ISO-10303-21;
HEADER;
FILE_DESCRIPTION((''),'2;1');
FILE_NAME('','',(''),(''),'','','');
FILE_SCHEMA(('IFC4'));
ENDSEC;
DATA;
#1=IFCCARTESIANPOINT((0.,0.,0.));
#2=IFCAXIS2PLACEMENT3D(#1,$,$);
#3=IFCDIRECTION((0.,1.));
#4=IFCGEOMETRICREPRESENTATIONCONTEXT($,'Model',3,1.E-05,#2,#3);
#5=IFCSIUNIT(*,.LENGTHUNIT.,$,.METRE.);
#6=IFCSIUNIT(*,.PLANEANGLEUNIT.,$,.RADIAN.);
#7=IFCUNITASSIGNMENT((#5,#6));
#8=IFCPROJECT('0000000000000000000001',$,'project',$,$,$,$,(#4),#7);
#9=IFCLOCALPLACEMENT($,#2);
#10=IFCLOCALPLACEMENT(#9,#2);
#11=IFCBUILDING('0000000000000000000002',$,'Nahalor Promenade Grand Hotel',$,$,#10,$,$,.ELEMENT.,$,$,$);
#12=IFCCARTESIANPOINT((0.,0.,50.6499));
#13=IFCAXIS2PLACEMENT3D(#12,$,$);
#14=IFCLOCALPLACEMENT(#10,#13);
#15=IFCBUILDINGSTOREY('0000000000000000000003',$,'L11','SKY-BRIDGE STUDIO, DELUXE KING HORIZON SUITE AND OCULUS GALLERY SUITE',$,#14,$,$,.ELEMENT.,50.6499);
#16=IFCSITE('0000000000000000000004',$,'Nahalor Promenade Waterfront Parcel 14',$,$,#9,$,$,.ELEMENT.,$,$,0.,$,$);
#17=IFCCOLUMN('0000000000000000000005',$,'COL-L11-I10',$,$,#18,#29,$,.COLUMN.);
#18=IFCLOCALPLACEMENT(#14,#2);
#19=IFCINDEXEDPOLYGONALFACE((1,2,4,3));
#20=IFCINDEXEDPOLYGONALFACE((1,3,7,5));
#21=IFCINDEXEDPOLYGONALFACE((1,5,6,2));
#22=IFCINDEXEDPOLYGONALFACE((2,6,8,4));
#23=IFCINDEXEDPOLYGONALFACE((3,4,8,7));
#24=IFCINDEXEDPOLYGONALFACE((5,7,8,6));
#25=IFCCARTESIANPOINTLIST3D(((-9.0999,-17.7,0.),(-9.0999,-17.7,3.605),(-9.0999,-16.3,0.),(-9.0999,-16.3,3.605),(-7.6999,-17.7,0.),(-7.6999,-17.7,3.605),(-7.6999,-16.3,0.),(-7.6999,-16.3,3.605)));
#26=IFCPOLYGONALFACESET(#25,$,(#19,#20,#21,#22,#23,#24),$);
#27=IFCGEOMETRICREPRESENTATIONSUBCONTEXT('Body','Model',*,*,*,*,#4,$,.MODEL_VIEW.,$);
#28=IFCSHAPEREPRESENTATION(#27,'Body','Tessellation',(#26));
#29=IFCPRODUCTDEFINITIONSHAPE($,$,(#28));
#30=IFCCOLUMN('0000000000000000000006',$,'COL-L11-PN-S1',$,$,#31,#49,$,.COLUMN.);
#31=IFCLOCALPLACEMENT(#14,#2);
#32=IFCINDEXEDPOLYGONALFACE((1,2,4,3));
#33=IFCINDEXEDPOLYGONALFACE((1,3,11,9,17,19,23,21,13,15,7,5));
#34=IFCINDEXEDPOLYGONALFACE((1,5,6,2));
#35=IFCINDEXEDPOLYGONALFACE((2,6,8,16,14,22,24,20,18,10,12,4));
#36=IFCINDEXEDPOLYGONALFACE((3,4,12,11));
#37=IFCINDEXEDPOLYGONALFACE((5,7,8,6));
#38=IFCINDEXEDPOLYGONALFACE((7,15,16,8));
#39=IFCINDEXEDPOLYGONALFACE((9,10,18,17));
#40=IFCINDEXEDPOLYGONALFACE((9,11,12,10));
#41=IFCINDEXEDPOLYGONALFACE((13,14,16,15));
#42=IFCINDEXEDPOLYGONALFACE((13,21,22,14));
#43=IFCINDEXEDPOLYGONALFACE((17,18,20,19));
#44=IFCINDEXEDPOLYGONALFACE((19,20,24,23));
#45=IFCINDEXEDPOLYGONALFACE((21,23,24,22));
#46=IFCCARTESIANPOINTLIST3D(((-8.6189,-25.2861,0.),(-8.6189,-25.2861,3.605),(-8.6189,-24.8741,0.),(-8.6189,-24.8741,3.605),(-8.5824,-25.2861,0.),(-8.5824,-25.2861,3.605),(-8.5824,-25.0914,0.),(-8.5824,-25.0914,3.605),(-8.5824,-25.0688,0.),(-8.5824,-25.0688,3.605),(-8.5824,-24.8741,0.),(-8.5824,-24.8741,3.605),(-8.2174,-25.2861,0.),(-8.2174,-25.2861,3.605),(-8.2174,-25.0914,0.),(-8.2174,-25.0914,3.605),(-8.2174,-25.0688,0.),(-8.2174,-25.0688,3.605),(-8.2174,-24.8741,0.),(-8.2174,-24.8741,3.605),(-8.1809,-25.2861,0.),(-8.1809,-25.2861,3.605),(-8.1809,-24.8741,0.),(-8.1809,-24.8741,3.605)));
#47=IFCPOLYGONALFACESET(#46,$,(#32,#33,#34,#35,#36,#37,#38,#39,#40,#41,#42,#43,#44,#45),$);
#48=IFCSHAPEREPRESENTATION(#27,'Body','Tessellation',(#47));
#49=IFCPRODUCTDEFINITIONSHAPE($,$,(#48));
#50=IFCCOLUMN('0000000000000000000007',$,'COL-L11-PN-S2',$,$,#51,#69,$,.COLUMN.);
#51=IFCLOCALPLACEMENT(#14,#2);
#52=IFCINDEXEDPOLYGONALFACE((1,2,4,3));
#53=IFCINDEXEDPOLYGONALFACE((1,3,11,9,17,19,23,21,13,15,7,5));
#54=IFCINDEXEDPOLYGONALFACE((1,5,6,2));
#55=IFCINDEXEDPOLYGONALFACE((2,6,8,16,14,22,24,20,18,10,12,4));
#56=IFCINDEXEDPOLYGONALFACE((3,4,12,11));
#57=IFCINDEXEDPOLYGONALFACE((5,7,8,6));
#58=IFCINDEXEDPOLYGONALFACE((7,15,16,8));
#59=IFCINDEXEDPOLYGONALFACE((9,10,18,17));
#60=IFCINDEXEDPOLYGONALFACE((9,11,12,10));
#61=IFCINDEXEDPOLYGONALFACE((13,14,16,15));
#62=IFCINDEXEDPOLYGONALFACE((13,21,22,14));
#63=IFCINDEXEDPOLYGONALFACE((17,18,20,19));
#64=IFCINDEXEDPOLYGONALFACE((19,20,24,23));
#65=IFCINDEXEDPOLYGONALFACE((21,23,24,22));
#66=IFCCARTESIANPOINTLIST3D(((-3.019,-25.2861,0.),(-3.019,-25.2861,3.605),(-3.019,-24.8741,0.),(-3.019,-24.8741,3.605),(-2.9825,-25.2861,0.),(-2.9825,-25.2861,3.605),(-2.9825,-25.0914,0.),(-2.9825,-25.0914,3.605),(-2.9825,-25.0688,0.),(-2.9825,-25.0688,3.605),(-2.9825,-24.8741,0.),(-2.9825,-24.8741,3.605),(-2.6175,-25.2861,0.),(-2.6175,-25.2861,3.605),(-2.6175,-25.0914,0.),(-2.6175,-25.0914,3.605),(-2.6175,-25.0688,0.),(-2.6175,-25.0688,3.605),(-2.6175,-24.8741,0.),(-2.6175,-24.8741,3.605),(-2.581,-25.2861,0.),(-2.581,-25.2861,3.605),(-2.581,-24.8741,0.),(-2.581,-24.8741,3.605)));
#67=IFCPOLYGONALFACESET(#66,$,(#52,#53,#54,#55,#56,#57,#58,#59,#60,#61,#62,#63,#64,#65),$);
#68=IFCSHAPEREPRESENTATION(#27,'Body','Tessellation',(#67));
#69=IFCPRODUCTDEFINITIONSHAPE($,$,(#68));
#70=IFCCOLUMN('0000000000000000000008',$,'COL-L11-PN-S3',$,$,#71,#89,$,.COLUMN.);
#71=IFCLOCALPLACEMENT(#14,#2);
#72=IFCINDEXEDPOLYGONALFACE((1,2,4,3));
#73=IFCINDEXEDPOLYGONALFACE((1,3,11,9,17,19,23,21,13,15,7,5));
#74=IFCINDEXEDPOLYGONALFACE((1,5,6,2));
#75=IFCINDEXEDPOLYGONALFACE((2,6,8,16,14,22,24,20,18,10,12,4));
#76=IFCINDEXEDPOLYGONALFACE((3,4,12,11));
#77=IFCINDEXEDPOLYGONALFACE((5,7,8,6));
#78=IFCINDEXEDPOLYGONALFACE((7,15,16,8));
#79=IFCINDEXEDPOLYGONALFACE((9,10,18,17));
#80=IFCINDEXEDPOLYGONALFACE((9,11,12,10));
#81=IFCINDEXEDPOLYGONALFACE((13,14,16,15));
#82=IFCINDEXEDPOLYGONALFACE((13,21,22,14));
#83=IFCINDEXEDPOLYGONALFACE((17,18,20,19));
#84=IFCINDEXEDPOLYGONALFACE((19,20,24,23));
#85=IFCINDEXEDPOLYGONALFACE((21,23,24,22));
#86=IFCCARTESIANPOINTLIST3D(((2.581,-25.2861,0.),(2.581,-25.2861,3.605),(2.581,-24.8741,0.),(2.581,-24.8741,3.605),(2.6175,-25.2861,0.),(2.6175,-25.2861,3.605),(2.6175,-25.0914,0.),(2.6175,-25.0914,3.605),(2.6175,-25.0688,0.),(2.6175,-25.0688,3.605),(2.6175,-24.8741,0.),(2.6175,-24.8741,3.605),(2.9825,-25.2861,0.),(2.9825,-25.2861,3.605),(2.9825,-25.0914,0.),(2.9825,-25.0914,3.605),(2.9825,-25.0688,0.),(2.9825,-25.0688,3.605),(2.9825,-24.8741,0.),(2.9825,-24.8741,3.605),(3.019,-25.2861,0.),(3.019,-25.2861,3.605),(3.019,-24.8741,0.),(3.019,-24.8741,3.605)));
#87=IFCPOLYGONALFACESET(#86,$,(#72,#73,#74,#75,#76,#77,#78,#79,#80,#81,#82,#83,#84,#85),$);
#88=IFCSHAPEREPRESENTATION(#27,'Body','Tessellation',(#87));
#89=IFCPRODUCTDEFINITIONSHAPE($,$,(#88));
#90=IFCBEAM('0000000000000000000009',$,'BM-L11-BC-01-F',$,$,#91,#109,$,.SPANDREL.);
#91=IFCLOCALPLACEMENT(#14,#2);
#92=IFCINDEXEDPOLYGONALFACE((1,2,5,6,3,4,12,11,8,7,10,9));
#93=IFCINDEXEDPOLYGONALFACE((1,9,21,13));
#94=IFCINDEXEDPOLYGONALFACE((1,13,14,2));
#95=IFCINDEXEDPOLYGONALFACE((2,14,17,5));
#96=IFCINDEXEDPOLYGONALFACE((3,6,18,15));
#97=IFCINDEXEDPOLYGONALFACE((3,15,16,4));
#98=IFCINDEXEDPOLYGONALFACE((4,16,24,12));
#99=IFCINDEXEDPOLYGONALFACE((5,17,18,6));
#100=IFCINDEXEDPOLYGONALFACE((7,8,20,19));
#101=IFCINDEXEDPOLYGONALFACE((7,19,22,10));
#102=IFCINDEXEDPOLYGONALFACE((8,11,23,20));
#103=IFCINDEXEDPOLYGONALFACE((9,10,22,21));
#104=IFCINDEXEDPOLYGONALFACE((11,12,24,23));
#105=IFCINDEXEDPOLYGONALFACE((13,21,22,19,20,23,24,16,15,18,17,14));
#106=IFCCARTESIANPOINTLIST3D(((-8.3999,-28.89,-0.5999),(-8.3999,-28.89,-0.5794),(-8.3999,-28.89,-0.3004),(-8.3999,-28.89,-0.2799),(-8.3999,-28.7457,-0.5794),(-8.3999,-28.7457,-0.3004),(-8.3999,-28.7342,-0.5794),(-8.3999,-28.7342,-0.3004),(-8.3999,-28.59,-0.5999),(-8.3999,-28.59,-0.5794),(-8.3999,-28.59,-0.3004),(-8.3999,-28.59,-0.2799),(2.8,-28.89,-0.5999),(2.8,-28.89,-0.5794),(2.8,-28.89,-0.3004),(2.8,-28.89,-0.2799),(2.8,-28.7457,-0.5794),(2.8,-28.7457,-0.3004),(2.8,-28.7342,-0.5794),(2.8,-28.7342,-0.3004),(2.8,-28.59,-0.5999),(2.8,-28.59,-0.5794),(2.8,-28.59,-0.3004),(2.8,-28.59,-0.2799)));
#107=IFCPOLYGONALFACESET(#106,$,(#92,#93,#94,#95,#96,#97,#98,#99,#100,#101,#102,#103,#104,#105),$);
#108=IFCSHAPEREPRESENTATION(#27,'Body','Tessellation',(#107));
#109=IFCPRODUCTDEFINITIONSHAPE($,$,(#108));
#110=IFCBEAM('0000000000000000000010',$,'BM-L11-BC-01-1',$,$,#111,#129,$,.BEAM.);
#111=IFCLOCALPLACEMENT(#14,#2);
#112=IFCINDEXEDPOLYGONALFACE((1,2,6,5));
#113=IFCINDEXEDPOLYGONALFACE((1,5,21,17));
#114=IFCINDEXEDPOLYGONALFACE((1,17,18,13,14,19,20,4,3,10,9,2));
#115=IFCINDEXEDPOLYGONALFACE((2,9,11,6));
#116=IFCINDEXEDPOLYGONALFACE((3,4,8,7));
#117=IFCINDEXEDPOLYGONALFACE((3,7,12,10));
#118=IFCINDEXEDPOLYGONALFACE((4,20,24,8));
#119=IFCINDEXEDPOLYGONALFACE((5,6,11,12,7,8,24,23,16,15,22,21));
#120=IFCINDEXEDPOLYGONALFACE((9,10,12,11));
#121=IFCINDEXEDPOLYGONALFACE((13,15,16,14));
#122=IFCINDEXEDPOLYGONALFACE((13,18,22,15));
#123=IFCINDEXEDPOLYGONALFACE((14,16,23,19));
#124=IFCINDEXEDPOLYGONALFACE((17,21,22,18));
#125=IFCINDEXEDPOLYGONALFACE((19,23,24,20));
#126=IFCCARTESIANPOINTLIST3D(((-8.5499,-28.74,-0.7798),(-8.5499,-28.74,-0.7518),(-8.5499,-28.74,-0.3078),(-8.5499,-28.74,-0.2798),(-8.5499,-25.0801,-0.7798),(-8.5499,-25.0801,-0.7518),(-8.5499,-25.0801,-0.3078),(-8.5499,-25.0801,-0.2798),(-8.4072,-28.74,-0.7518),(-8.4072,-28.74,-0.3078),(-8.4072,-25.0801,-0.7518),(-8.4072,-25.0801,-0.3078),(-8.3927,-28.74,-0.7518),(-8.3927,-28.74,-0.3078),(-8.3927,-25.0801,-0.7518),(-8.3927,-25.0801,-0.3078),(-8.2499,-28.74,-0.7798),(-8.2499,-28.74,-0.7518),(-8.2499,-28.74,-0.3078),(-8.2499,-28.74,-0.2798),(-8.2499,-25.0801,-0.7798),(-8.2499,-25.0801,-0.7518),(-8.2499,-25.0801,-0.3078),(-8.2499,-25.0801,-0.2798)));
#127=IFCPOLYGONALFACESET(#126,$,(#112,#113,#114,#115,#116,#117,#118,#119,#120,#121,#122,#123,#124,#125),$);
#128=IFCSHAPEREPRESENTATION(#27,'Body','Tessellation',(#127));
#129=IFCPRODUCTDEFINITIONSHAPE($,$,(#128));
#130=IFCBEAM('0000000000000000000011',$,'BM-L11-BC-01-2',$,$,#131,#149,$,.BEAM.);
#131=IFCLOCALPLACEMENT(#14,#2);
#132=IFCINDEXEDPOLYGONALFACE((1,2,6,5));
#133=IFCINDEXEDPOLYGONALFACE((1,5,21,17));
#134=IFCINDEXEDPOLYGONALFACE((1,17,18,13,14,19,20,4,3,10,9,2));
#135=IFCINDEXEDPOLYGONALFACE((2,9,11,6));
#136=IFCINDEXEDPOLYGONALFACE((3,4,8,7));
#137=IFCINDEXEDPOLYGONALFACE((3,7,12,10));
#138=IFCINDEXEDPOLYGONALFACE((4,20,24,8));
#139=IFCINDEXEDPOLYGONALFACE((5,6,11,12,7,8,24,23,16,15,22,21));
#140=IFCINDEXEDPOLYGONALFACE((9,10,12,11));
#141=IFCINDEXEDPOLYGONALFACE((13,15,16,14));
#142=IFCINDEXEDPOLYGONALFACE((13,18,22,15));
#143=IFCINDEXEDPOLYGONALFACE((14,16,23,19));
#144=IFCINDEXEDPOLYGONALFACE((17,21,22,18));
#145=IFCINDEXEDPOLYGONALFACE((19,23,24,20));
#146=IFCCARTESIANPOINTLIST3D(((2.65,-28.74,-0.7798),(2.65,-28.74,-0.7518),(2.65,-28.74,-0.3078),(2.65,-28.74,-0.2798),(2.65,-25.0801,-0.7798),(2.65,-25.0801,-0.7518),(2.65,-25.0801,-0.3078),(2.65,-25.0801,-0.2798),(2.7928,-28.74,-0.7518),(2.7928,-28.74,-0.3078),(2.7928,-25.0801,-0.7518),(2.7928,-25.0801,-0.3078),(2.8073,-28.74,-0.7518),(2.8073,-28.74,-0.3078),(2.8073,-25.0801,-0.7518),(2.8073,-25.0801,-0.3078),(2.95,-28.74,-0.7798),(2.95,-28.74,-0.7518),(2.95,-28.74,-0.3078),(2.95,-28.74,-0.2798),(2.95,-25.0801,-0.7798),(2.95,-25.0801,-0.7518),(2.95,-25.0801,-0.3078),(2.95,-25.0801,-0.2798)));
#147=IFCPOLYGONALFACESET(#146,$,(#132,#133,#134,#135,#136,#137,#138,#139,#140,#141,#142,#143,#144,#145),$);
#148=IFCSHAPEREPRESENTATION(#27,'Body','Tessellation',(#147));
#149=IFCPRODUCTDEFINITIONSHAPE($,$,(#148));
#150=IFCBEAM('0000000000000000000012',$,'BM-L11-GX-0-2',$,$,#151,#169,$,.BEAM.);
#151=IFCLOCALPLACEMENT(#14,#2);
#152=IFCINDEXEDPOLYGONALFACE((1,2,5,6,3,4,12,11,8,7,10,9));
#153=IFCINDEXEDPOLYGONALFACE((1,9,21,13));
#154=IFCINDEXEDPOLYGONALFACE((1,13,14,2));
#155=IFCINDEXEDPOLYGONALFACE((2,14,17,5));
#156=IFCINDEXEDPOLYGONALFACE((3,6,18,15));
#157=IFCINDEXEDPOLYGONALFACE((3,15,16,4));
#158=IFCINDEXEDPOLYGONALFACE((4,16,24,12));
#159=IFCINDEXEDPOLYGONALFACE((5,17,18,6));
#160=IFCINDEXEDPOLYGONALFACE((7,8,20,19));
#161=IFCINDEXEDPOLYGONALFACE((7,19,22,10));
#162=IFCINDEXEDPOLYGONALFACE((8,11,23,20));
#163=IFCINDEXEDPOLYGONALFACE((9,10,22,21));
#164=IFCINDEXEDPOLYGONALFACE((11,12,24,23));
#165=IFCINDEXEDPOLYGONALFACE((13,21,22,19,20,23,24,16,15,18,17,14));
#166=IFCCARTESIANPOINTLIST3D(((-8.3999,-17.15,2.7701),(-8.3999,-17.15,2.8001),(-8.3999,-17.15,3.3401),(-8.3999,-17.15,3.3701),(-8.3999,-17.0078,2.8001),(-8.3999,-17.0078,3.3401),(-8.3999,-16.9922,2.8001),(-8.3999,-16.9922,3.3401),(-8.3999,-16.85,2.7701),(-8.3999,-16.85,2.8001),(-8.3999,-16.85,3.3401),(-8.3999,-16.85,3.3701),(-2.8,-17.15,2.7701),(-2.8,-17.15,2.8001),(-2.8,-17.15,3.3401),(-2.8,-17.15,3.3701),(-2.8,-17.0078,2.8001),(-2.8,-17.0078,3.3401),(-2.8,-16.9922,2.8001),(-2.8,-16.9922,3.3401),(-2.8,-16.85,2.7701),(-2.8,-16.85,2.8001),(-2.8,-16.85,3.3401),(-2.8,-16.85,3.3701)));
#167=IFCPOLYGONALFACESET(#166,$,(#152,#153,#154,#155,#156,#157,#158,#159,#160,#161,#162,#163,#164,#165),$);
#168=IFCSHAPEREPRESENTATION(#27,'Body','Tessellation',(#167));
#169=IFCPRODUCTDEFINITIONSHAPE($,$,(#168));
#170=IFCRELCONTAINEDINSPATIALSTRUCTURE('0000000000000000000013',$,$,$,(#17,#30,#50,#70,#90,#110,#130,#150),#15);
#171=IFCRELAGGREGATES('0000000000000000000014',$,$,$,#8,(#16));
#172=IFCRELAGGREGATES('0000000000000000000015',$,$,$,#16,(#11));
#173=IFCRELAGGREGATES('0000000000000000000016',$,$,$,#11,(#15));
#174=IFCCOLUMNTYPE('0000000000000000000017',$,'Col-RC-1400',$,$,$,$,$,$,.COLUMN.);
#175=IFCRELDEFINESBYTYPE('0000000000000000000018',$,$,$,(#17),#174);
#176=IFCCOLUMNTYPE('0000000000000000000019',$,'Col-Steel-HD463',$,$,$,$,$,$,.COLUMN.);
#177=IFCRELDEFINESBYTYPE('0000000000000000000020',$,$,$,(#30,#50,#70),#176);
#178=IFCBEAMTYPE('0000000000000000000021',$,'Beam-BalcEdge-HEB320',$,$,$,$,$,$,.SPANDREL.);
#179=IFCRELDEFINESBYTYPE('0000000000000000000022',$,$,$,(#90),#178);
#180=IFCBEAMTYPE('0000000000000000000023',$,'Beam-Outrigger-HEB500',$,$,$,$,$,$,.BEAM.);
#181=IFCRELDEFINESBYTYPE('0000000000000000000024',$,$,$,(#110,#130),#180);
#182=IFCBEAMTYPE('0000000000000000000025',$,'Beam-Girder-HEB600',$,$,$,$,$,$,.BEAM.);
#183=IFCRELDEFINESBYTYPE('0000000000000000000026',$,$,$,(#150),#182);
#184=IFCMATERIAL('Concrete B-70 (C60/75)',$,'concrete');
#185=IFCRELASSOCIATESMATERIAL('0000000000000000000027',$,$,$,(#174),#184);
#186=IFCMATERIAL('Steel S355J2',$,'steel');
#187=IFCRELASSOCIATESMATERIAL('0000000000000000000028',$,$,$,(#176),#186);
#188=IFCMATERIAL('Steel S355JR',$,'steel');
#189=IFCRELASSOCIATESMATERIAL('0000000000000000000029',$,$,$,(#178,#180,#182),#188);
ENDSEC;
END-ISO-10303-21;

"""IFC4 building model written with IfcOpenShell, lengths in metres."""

from ifc_helpers import new_model, si_unit, direction, frame, origin, origin_2d, place, context, subcontext, project, spatial, rectangle, i_section, extrude, source, transform, mapped, material, material_profile, profile_set, type_object, element, save


model = new_model("IFC4")

# Units and contexts
model_context = context("Model", 3, precision=1e-05, world=origin(), true_north=direction((0.0, 1.0)))
body_context = subcontext(model_context, "Body", "Model", "MODEL_VIEW")
ifc_project = project(units=[si_unit("LENGTHUNIT", "METRE"), si_unit("PLANEANGLEUNIT", "RADIAN")], contexts=[model_context])

# Site, building, storey
site_placement = place(None, origin())
site = spatial("IfcSite", under=ifc_project, at=site_placement, Name="Nahalor Promenade Waterfront Parcel 14", CompositionType="ELEMENT", RefElevation=0.0)
building_placement = place(site_placement, origin())
building = spatial("IfcBuilding", under=site, at=building_placement, Name="Nahalor Promenade Grand Hotel", CompositionType="ELEMENT")
storey_placement = place(building_placement, frame((0.0, 0.0, 50.6499)))
storey = spatial("IfcBuildingStorey", under=building, at=storey_placement, Name="L11", Description="SKY-BRIDGE STUDIO, DELUXE KING HORIZON SUITE AND OCULUS GALLERY SUITE", CompositionType="ELEMENT", Elevation=50.6499)

# Columns
ifc_material_1 = material(Name="Concrete B-70 (C60/75)", Category="concrete")
ifc_material_profile_1 = material_profile(ifc_material_1, rectangle(XDim=1.4, YDim=1.4, at=origin_2d()), Name="RC 1400x1400")
ifc_profile_set_1 = profile_set([ifc_material_profile_1], Name="Concrete B-70 (C60/75)")
column_type_1 = type_object("IfcColumnType", Name="Col-RC-1400", PredefinedType="COLUMN", material=ifc_profile_set_1)
shared_shape_1 = source(origin(), body_context, "Body", "SweptSolid", [
    extrude(rectangle(XDim=1.4, YDim=1.4, at=origin_2d()), origin(), (0.0, 0.0, 1.0), 3.605),
])
column_placement = place(storey_placement, frame((-8.3999, -17.0, 0.0), z_axis=(0.0, 0.0, 1.0), x_axis=(1.0, 0.0, 0.0)))
element("IfcColumn", 1, at=column_placement, inside=storey, type_object=column_type_1, Name="COL-L11-I10", PredefinedType="COLUMN", context=body_context, shape_type="MappedRepresentation", body=[
    mapped(shared_shape_1, transform((0.0, 0.0, 0.0), scale=1.0)),
])
ifc_material_2 = material(Name="Steel S355J2", Category="steel")
ifc_material_profile_2 = material_profile(ifc_material_2, i_section(OverallWidth=0.412, OverallDepth=0.438, WebThickness=0.0226, FlangeThickness=0.0365, at=origin_2d()), Name="HD 400x463")
ifc_profile_set_2 = profile_set([ifc_material_profile_2], Name="Steel S355J2")
column_type_2 = type_object("IfcColumnType", Name="Col-Steel-HD463", PredefinedType="COLUMN", material=ifc_profile_set_2)
shared_shape_2 = source(origin(), body_context, "Body", "SweptSolid", [
    extrude(i_section(OverallWidth=0.412, OverallDepth=0.438, WebThickness=0.0226, FlangeThickness=0.0365, at=origin_2d()), origin(), (0.0, 0.0, 1.0), 3.605),
])
for number, where, z_axis, x_axis, name in (
    (2, (-8.3999, -25.0801, 0.0), (0.0, 0.0, 1.0), (0.0, 1.0, 0.0), "COL-L11-PN-S1"),
    (3, (-2.8, -25.0801, 0.0), (0.0, 0.0, 1.0), (0.0, 1.0, 0.0), "COL-L11-PN-S2"),
    (4, (2.8, -25.0801, 0.0), (0.0, 0.0, 1.0), (0.0, 1.0, 0.0), "COL-L11-PN-S3"),
):
    element("IfcColumn", number, at=place(storey_placement, frame(where, z_axis=z_axis, x_axis=x_axis)), inside=storey, type_object=column_type_2, Name=name, PredefinedType="COLUMN", context=body_context, shape_type="MappedRepresentation", body=[
        mapped(shared_shape_2, transform((0.0, 0.0, 0.0), scale=1.0)),
    ])

# Beams
ifc_material_3 = material(Name="Steel S355JR", Category="steel")
ifc_material_profile_3 = material_profile(ifc_material_3, i_section(OverallWidth=0.3, OverallDepth=0.32, WebThickness=0.0115, FlangeThickness=0.0205, at=origin_2d()), Name="HEB 320")
ifc_profile_set_3 = profile_set([ifc_material_profile_3], Name="Steel S355JR")
beam_type_1 = type_object("IfcBeamType", Name="Beam-BalcEdge-HEB320", PredefinedType="SPANDREL", material=ifc_profile_set_3)
shared_shape_3 = source(origin(), body_context, "Body", "SweptSolid", [
    extrude(i_section(OverallWidth=0.3, OverallDepth=0.32, WebThickness=0.0115, FlangeThickness=0.0205, at=origin_2d()), origin(), (0.0, 0.0, 1.0), 11.2),
])
beam_1_placement = place(storey_placement, frame((-8.3999, -28.74, -0.4399), z_axis=(1.0, 0.0, 0.0), x_axis=(0.0, 1.0, 0.0)))
element("IfcBeam", 5, at=beam_1_placement, inside=storey, type_object=beam_type_1, Name="BM-L11-BC-01-F", PredefinedType="SPANDREL", context=body_context, shape_type="MappedRepresentation", body=[
    mapped(shared_shape_3, transform((0.0, 0.0, 0.0), scale=1.0)),
])
ifc_material_profile_4 = material_profile(ifc_material_3, i_section(OverallWidth=0.3, OverallDepth=0.5, WebThickness=0.0145, FlangeThickness=0.028, at=origin_2d()), Name="HEB 500")
ifc_profile_set_4 = profile_set([ifc_material_profile_4], Name="Steel S355JR")
beam_type_2 = type_object("IfcBeamType", Name="Beam-Outrigger-HEB500", PredefinedType="BEAM", material=ifc_profile_set_4)
shared_shape_4 = source(origin(), body_context, "Body", "SweptSolid", [
    extrude(i_section(OverallWidth=0.3, OverallDepth=0.5, WebThickness=0.0145, FlangeThickness=0.028, at=origin_2d()), origin(), (0.0, 0.0, 1.0), 3.6599),
])
for number, where, z_axis, x_axis, name in (
    (6, (-8.3999, -28.74, -0.5298), (0.0, 1.0, 0.0), (-1.0, 0.0, 0.0), "BM-L11-BC-01-1"),
    (7, (2.8, -28.74, -0.5298), (0.0, 1.0, 0.0), (-1.0, 0.0, 0.0), "BM-L11-BC-01-2"),
):
    element("IfcBeam", number, at=place(storey_placement, frame(where, z_axis=z_axis, x_axis=x_axis)), inside=storey, type_object=beam_type_2, Name=name, PredefinedType="BEAM", context=body_context, shape_type="MappedRepresentation", body=[
        mapped(shared_shape_4, transform((0.0, 0.0, 0.0), scale=1.0)),
    ])
ifc_material_profile_5 = material_profile(ifc_material_3, i_section(OverallWidth=0.3, OverallDepth=0.6, WebThickness=0.0155, FlangeThickness=0.03, at=origin_2d()), Name="HEB 600")
ifc_profile_set_5 = profile_set([ifc_material_profile_5], Name="Steel S355JR")
beam_type_3 = type_object("IfcBeamType", Name="Beam-Girder-HEB600", PredefinedType="BEAM", material=ifc_profile_set_5)
shared_shape_5 = source(origin(), body_context, "Body", "SweptSolid", [
    extrude(i_section(OverallWidth=0.3, OverallDepth=0.6, WebThickness=0.0155, FlangeThickness=0.03, at=origin_2d()), origin(), (0.0, 0.0, 1.0), 5.5999),
])
beam_2_placement = place(storey_placement, frame((-8.3999, -17.0, 3.0701), z_axis=(1.0, 0.0, 0.0), x_axis=(0.0, 1.0, 0.0)))
element("IfcBeam", 8, at=beam_2_placement, inside=storey, type_object=beam_type_3, Name="BM-L11-GX-0-2", PredefinedType="BEAM", context=body_context, shape_type="MappedRepresentation", body=[
    mapped(shared_shape_5, transform((0.0, 0.0, 0.0), scale=1.0)),
])

save(model, "model.ifc")
